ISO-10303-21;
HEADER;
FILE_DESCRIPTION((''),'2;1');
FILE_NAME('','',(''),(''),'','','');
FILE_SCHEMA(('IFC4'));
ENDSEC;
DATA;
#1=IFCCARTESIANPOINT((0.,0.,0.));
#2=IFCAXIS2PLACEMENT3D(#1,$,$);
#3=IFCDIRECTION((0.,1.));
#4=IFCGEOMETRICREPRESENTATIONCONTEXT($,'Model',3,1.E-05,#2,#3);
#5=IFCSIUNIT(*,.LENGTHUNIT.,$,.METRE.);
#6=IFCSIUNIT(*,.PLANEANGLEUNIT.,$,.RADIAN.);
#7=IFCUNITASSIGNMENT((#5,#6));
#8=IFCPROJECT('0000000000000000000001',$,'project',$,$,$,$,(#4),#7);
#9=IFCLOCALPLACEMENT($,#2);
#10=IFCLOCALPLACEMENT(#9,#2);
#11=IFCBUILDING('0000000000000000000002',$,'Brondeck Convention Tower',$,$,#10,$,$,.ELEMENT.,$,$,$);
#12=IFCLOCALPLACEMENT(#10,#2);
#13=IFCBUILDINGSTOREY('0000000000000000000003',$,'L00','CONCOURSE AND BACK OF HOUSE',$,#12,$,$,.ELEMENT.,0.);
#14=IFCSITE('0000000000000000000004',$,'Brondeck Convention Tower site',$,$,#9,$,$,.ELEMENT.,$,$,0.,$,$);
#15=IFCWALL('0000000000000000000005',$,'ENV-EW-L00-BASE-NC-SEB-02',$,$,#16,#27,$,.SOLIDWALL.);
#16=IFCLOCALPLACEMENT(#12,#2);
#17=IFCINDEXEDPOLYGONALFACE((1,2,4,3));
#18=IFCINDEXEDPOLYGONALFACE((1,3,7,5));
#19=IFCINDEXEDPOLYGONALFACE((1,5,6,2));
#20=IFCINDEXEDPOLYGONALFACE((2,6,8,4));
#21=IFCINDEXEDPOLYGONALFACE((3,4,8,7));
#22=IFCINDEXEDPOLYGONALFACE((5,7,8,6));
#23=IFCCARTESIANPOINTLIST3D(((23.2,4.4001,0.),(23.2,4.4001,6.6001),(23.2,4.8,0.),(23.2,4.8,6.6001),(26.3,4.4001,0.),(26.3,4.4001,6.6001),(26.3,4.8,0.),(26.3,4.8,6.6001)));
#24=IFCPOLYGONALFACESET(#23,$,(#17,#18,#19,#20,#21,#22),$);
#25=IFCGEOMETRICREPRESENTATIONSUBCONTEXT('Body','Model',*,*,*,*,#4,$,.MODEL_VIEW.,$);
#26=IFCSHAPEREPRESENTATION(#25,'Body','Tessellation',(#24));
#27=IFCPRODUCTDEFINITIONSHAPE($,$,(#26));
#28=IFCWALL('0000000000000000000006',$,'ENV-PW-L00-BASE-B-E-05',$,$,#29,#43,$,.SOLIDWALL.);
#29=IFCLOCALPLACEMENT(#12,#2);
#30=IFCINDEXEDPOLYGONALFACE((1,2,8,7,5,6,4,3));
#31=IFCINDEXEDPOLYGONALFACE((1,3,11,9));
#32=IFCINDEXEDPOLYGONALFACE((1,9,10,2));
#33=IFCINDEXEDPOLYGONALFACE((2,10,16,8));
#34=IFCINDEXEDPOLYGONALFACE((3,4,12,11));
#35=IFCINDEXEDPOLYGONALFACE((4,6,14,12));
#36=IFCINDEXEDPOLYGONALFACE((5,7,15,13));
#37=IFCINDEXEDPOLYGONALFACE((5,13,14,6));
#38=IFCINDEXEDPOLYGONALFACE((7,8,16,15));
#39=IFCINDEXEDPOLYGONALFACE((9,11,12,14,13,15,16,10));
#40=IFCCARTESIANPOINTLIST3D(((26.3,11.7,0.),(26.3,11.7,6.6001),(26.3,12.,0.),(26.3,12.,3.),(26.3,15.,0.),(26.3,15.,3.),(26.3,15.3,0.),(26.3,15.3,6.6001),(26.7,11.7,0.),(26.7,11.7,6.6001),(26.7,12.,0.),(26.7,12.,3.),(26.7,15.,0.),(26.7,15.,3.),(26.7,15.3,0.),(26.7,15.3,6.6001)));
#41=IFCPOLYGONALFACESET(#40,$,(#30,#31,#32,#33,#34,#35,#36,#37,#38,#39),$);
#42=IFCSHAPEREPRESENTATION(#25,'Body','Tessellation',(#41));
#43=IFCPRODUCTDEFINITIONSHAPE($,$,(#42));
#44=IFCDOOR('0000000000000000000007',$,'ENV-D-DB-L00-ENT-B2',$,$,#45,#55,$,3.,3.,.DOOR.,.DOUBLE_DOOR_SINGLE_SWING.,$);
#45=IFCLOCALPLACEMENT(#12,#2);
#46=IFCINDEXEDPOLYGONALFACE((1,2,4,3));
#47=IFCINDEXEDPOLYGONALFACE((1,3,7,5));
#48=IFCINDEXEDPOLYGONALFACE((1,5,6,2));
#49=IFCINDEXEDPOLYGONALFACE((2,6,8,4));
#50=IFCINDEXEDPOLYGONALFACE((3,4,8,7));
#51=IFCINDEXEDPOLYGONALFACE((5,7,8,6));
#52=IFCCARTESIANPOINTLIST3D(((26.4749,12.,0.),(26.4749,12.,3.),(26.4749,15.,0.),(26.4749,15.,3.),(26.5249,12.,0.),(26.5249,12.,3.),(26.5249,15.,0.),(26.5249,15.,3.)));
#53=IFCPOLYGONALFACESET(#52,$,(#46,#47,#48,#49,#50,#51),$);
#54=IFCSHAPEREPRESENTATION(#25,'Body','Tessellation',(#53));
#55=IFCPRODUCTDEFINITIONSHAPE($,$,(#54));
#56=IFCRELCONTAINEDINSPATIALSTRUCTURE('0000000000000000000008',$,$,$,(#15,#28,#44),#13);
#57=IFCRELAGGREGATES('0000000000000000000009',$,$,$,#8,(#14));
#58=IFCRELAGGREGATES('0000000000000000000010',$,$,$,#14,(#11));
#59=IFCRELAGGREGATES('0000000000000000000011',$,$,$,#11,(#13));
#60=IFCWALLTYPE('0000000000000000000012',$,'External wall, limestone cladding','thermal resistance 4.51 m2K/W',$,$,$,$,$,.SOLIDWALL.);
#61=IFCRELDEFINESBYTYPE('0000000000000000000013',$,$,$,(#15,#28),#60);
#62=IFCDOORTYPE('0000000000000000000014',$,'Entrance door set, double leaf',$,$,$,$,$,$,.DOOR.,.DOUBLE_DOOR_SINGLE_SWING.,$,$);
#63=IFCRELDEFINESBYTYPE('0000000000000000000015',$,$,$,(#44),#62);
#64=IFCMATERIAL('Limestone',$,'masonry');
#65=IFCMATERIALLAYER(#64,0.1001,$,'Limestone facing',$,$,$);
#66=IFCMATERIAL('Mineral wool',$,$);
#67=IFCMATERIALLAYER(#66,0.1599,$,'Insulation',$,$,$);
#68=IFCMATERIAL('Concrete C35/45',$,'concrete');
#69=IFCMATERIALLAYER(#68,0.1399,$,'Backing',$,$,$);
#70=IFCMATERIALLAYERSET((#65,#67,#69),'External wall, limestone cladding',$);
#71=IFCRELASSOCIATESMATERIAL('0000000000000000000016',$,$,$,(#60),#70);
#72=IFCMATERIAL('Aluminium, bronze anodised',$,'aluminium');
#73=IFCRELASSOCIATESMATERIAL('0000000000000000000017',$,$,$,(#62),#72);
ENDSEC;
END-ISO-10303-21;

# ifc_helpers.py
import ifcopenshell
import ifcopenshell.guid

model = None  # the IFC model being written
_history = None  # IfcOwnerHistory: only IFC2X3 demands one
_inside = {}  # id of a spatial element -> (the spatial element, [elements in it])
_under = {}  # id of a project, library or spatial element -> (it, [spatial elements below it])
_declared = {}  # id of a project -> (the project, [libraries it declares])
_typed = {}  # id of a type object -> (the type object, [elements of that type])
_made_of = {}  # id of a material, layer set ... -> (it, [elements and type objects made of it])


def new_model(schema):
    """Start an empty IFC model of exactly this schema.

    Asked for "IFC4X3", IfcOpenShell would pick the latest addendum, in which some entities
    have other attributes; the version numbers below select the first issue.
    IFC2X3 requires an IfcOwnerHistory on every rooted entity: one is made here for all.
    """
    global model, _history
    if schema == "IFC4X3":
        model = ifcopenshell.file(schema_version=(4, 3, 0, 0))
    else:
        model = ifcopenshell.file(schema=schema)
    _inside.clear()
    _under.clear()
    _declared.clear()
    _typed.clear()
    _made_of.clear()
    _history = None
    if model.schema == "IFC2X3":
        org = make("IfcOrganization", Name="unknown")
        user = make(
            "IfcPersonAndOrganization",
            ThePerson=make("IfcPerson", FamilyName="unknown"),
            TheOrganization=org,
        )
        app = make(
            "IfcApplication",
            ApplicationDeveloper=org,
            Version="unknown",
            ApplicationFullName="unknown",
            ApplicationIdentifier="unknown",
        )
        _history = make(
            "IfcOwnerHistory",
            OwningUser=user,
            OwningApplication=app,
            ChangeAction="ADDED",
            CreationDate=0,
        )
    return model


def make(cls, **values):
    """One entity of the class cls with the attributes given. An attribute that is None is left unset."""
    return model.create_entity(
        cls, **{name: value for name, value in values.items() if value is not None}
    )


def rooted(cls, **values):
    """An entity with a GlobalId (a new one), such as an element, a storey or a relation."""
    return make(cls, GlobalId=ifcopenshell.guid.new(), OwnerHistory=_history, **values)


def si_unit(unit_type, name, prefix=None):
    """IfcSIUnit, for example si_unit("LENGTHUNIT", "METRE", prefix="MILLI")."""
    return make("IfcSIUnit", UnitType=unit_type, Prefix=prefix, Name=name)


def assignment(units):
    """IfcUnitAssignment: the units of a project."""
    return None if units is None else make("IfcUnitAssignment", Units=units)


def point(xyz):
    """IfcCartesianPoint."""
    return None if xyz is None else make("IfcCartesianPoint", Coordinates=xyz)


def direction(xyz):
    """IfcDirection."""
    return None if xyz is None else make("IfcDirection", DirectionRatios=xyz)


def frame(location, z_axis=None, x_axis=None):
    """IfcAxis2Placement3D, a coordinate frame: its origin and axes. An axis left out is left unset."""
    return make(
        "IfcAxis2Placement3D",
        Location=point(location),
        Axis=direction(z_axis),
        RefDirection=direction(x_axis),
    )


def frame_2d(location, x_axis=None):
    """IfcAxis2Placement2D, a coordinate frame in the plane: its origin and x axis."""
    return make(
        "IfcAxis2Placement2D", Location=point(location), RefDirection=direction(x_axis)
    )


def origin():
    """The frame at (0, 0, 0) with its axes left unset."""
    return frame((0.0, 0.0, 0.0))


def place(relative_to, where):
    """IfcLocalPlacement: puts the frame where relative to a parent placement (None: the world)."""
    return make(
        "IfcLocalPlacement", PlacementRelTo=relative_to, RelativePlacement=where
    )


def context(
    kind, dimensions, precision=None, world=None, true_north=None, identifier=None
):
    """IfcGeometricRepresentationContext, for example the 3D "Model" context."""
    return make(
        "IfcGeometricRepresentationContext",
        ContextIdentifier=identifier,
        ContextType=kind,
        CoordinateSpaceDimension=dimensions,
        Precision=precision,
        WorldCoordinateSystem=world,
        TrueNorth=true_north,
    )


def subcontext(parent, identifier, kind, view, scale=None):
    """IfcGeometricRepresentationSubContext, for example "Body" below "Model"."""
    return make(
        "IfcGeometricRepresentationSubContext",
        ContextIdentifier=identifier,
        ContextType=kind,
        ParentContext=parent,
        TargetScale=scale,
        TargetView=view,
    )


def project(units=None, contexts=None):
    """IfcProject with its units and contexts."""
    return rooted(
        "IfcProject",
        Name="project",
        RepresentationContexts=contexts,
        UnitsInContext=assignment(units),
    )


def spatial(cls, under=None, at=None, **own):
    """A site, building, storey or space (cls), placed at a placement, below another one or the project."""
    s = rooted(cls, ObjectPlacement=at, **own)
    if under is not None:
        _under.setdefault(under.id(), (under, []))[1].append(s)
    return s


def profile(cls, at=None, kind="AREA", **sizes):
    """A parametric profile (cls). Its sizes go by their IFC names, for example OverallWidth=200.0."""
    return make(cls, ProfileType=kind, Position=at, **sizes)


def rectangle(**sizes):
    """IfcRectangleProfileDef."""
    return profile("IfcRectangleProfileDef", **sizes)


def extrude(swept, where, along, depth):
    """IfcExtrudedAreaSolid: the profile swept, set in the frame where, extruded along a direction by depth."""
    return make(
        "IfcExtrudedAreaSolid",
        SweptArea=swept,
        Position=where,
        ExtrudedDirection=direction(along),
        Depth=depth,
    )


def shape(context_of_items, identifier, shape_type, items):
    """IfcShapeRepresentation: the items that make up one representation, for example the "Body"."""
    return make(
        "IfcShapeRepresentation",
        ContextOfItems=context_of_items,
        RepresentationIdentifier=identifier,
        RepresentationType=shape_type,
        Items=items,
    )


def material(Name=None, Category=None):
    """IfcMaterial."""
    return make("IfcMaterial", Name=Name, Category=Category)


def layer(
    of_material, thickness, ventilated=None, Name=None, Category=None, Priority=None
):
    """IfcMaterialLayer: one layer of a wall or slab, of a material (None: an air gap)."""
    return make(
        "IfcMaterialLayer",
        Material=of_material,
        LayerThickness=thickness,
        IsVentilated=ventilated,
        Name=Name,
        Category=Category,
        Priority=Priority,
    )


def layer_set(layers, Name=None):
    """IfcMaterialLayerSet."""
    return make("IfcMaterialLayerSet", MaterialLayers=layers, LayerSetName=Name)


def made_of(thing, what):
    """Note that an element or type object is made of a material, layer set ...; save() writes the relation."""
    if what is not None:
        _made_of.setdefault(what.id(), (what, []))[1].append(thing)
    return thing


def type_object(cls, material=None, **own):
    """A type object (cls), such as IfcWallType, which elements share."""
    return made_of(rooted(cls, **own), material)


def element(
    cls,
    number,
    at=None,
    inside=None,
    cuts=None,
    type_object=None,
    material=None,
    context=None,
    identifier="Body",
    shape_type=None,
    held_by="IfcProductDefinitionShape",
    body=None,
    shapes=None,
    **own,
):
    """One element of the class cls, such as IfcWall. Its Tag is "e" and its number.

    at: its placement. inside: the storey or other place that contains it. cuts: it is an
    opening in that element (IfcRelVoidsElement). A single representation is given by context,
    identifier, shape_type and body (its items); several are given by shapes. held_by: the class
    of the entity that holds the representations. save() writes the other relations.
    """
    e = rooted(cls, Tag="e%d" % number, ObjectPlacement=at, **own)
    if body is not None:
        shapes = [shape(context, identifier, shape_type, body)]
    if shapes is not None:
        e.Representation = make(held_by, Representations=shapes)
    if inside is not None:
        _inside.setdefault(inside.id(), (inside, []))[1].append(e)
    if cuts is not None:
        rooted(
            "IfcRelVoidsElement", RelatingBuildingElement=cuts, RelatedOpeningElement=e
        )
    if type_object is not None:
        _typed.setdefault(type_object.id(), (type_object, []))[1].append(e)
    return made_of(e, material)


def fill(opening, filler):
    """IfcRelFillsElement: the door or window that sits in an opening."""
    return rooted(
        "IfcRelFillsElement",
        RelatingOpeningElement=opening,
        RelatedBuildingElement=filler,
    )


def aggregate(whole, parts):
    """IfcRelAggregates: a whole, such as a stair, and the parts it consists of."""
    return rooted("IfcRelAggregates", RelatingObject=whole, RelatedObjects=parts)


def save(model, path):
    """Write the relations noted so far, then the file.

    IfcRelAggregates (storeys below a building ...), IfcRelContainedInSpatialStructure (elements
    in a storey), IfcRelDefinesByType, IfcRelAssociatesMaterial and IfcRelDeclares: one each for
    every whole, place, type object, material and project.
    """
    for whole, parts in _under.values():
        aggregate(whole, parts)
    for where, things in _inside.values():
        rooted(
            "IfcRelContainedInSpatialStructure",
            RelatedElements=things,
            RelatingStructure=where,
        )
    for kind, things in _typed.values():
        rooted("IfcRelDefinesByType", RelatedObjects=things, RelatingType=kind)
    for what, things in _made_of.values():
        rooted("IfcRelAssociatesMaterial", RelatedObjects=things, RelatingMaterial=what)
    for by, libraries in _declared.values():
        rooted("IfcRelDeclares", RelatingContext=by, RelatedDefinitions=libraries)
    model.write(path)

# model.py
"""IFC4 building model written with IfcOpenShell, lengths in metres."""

from ifc_helpers import new_model, si_unit, direction, frame, frame_2d, origin, place, context, subcontext, project, spatial, rectangle, extrude, material, layer, layer_set, type_object, element, fill, save


model = new_model("IFC4")

# Units and contexts
model_context = context("Model", 3, precision=1e-05, world=origin(), true_north=direction((0.0, 1.0)))
body_context = subcontext(model_context, "Body", "Model", "MODEL_VIEW")
ifc_project = project(units=[si_unit("LENGTHUNIT", "METRE"), si_unit("PLANEANGLEUNIT", "RADIAN")], contexts=[model_context])

# Site, building, storey
site_placement = place(None, origin())
site = spatial("IfcSite", under=ifc_project, at=site_placement, Name="Brondeck Convention Tower site", CompositionType="ELEMENT", RefElevation=0.0)
building_placement = place(site_placement, origin())
building = spatial("IfcBuilding", under=site, at=building_placement, Name="Brondeck Convention Tower", CompositionType="ELEMENT")
storey_placement = place(building_placement, origin())
storey = spatial("IfcBuildingStorey", under=building, at=storey_placement, Name="L00", Description="CONCOURSE AND BACK OF HOUSE", CompositionType="ELEMENT", Elevation=0.0)

# Shared definitions
ifc_material_1 = material(Name="Aluminium, bronze anodised", Category="aluminium")

# Wall
ifc_material_2 = material(Name="Limestone", Category="masonry")
ifc_layer_1 = layer(ifc_material_2, 0.1001, Name="Limestone facing")
ifc_material_3 = material(Name="Mineral wool")
ifc_layer_2 = layer(ifc_material_3, 0.1599, Name="Insulation")
ifc_material_4 = material(Name="Concrete C35/45", Category="concrete")
ifc_layer_3 = layer(ifc_material_4, 0.1399, Name="Backing")
ifc_layer_set_1 = layer_set([ifc_layer_1, ifc_layer_2, ifc_layer_3], Name="External wall, limestone cladding")
wall_type = type_object("IfcWallType", Name="External wall, limestone cladding", Description="thermal resistance 4.51 m2K/W", PredefinedType="SOLIDWALL", material=ifc_layer_set_1)
wall_1_placement = place(storey_placement, frame((26.3, 4.6001, 0.0), z_axis=(0.0, 0.0, 1.0), x_axis=(-1.0, 0.0, 0.0)))
element("IfcWall", 1, at=wall_1_placement, inside=storey, type_object=wall_type, Name="ENV-EW-L00-BASE-NC-SEB-02", PredefinedType="SOLIDWALL", context=body_context, shape_type="SweptSolid", body=[
    extrude(rectangle(XDim=3.1001, YDim=0.3999, at=frame_2d((1.55, 0.0))), origin(), (0.0, 0.0, 1.0), 6.6001),
])

# Wall, opening, door
wall_2_placement = place(storey_placement, frame((26.5, 15.3, 0.0), z_axis=(0.0, 0.0, 1.0), x_axis=(0.0, -1.0, 0.0)))
wall_2 = element("IfcWall", 2, at=wall_2_placement, inside=storey, type_object=wall_type, Name="ENV-PW-L00-BASE-B-E-05", PredefinedType="SOLIDWALL", context=body_context, shape_type="SweptSolid", body=[
    extrude(rectangle(XDim=3.6001, YDim=0.3999, at=frame_2d((1.8, 0.0))), origin(), (0.0, 0.0, 1.0), 6.6001),
])
opening_placement = place(wall_2_placement, frame((0.3, 0.0, 0.0)))
opening = element("IfcOpeningElement", 3, at=opening_placement, cuts=wall_2, PredefinedType="OPENING", context=body_context, shape_type="SweptSolid", body=[
    extrude(rectangle(XDim=3.0, YDim=3.0, at=frame_2d((1.5, 1.5))), frame((0.0, 0.21, 0.0), z_axis=(0.0, -1.0, 0.0), x_axis=(1.0, 0.0, 0.0)), (0.0, 0.0, 1.0), 0.4199),
])
door_type = type_object("IfcDoorType", Name="Entrance door set, double leaf", OperationType="DOUBLE_DOOR_SINGLE_SWING", PredefinedType="DOOR", material=ifc_material_1)
door_placement = place(opening_placement, origin())
door = element("IfcDoor", 4, at=door_placement, inside=storey, type_object=door_type, Name="ENV-D-DB-L00-ENT-B2", OperationType="DOUBLE_DOOR_SINGLE_SWING", OverallHeight=3.0, OverallWidth=3.0, PredefinedType="DOOR", context=body_context, shape_type="SweptSolid", body=[
    extrude(rectangle(XDim=3.0, YDim=3.0, at=frame_2d((1.5, 1.5))), frame((0.0, 0.0249, 0.0), z_axis=(0.0, -1.0, 0.0), x_axis=(1.0, 0.0, 0.0)), (0.0, 0.0, 1.0), 0.05),
])
fill(opening, door)

save(model, "model.ifc")
